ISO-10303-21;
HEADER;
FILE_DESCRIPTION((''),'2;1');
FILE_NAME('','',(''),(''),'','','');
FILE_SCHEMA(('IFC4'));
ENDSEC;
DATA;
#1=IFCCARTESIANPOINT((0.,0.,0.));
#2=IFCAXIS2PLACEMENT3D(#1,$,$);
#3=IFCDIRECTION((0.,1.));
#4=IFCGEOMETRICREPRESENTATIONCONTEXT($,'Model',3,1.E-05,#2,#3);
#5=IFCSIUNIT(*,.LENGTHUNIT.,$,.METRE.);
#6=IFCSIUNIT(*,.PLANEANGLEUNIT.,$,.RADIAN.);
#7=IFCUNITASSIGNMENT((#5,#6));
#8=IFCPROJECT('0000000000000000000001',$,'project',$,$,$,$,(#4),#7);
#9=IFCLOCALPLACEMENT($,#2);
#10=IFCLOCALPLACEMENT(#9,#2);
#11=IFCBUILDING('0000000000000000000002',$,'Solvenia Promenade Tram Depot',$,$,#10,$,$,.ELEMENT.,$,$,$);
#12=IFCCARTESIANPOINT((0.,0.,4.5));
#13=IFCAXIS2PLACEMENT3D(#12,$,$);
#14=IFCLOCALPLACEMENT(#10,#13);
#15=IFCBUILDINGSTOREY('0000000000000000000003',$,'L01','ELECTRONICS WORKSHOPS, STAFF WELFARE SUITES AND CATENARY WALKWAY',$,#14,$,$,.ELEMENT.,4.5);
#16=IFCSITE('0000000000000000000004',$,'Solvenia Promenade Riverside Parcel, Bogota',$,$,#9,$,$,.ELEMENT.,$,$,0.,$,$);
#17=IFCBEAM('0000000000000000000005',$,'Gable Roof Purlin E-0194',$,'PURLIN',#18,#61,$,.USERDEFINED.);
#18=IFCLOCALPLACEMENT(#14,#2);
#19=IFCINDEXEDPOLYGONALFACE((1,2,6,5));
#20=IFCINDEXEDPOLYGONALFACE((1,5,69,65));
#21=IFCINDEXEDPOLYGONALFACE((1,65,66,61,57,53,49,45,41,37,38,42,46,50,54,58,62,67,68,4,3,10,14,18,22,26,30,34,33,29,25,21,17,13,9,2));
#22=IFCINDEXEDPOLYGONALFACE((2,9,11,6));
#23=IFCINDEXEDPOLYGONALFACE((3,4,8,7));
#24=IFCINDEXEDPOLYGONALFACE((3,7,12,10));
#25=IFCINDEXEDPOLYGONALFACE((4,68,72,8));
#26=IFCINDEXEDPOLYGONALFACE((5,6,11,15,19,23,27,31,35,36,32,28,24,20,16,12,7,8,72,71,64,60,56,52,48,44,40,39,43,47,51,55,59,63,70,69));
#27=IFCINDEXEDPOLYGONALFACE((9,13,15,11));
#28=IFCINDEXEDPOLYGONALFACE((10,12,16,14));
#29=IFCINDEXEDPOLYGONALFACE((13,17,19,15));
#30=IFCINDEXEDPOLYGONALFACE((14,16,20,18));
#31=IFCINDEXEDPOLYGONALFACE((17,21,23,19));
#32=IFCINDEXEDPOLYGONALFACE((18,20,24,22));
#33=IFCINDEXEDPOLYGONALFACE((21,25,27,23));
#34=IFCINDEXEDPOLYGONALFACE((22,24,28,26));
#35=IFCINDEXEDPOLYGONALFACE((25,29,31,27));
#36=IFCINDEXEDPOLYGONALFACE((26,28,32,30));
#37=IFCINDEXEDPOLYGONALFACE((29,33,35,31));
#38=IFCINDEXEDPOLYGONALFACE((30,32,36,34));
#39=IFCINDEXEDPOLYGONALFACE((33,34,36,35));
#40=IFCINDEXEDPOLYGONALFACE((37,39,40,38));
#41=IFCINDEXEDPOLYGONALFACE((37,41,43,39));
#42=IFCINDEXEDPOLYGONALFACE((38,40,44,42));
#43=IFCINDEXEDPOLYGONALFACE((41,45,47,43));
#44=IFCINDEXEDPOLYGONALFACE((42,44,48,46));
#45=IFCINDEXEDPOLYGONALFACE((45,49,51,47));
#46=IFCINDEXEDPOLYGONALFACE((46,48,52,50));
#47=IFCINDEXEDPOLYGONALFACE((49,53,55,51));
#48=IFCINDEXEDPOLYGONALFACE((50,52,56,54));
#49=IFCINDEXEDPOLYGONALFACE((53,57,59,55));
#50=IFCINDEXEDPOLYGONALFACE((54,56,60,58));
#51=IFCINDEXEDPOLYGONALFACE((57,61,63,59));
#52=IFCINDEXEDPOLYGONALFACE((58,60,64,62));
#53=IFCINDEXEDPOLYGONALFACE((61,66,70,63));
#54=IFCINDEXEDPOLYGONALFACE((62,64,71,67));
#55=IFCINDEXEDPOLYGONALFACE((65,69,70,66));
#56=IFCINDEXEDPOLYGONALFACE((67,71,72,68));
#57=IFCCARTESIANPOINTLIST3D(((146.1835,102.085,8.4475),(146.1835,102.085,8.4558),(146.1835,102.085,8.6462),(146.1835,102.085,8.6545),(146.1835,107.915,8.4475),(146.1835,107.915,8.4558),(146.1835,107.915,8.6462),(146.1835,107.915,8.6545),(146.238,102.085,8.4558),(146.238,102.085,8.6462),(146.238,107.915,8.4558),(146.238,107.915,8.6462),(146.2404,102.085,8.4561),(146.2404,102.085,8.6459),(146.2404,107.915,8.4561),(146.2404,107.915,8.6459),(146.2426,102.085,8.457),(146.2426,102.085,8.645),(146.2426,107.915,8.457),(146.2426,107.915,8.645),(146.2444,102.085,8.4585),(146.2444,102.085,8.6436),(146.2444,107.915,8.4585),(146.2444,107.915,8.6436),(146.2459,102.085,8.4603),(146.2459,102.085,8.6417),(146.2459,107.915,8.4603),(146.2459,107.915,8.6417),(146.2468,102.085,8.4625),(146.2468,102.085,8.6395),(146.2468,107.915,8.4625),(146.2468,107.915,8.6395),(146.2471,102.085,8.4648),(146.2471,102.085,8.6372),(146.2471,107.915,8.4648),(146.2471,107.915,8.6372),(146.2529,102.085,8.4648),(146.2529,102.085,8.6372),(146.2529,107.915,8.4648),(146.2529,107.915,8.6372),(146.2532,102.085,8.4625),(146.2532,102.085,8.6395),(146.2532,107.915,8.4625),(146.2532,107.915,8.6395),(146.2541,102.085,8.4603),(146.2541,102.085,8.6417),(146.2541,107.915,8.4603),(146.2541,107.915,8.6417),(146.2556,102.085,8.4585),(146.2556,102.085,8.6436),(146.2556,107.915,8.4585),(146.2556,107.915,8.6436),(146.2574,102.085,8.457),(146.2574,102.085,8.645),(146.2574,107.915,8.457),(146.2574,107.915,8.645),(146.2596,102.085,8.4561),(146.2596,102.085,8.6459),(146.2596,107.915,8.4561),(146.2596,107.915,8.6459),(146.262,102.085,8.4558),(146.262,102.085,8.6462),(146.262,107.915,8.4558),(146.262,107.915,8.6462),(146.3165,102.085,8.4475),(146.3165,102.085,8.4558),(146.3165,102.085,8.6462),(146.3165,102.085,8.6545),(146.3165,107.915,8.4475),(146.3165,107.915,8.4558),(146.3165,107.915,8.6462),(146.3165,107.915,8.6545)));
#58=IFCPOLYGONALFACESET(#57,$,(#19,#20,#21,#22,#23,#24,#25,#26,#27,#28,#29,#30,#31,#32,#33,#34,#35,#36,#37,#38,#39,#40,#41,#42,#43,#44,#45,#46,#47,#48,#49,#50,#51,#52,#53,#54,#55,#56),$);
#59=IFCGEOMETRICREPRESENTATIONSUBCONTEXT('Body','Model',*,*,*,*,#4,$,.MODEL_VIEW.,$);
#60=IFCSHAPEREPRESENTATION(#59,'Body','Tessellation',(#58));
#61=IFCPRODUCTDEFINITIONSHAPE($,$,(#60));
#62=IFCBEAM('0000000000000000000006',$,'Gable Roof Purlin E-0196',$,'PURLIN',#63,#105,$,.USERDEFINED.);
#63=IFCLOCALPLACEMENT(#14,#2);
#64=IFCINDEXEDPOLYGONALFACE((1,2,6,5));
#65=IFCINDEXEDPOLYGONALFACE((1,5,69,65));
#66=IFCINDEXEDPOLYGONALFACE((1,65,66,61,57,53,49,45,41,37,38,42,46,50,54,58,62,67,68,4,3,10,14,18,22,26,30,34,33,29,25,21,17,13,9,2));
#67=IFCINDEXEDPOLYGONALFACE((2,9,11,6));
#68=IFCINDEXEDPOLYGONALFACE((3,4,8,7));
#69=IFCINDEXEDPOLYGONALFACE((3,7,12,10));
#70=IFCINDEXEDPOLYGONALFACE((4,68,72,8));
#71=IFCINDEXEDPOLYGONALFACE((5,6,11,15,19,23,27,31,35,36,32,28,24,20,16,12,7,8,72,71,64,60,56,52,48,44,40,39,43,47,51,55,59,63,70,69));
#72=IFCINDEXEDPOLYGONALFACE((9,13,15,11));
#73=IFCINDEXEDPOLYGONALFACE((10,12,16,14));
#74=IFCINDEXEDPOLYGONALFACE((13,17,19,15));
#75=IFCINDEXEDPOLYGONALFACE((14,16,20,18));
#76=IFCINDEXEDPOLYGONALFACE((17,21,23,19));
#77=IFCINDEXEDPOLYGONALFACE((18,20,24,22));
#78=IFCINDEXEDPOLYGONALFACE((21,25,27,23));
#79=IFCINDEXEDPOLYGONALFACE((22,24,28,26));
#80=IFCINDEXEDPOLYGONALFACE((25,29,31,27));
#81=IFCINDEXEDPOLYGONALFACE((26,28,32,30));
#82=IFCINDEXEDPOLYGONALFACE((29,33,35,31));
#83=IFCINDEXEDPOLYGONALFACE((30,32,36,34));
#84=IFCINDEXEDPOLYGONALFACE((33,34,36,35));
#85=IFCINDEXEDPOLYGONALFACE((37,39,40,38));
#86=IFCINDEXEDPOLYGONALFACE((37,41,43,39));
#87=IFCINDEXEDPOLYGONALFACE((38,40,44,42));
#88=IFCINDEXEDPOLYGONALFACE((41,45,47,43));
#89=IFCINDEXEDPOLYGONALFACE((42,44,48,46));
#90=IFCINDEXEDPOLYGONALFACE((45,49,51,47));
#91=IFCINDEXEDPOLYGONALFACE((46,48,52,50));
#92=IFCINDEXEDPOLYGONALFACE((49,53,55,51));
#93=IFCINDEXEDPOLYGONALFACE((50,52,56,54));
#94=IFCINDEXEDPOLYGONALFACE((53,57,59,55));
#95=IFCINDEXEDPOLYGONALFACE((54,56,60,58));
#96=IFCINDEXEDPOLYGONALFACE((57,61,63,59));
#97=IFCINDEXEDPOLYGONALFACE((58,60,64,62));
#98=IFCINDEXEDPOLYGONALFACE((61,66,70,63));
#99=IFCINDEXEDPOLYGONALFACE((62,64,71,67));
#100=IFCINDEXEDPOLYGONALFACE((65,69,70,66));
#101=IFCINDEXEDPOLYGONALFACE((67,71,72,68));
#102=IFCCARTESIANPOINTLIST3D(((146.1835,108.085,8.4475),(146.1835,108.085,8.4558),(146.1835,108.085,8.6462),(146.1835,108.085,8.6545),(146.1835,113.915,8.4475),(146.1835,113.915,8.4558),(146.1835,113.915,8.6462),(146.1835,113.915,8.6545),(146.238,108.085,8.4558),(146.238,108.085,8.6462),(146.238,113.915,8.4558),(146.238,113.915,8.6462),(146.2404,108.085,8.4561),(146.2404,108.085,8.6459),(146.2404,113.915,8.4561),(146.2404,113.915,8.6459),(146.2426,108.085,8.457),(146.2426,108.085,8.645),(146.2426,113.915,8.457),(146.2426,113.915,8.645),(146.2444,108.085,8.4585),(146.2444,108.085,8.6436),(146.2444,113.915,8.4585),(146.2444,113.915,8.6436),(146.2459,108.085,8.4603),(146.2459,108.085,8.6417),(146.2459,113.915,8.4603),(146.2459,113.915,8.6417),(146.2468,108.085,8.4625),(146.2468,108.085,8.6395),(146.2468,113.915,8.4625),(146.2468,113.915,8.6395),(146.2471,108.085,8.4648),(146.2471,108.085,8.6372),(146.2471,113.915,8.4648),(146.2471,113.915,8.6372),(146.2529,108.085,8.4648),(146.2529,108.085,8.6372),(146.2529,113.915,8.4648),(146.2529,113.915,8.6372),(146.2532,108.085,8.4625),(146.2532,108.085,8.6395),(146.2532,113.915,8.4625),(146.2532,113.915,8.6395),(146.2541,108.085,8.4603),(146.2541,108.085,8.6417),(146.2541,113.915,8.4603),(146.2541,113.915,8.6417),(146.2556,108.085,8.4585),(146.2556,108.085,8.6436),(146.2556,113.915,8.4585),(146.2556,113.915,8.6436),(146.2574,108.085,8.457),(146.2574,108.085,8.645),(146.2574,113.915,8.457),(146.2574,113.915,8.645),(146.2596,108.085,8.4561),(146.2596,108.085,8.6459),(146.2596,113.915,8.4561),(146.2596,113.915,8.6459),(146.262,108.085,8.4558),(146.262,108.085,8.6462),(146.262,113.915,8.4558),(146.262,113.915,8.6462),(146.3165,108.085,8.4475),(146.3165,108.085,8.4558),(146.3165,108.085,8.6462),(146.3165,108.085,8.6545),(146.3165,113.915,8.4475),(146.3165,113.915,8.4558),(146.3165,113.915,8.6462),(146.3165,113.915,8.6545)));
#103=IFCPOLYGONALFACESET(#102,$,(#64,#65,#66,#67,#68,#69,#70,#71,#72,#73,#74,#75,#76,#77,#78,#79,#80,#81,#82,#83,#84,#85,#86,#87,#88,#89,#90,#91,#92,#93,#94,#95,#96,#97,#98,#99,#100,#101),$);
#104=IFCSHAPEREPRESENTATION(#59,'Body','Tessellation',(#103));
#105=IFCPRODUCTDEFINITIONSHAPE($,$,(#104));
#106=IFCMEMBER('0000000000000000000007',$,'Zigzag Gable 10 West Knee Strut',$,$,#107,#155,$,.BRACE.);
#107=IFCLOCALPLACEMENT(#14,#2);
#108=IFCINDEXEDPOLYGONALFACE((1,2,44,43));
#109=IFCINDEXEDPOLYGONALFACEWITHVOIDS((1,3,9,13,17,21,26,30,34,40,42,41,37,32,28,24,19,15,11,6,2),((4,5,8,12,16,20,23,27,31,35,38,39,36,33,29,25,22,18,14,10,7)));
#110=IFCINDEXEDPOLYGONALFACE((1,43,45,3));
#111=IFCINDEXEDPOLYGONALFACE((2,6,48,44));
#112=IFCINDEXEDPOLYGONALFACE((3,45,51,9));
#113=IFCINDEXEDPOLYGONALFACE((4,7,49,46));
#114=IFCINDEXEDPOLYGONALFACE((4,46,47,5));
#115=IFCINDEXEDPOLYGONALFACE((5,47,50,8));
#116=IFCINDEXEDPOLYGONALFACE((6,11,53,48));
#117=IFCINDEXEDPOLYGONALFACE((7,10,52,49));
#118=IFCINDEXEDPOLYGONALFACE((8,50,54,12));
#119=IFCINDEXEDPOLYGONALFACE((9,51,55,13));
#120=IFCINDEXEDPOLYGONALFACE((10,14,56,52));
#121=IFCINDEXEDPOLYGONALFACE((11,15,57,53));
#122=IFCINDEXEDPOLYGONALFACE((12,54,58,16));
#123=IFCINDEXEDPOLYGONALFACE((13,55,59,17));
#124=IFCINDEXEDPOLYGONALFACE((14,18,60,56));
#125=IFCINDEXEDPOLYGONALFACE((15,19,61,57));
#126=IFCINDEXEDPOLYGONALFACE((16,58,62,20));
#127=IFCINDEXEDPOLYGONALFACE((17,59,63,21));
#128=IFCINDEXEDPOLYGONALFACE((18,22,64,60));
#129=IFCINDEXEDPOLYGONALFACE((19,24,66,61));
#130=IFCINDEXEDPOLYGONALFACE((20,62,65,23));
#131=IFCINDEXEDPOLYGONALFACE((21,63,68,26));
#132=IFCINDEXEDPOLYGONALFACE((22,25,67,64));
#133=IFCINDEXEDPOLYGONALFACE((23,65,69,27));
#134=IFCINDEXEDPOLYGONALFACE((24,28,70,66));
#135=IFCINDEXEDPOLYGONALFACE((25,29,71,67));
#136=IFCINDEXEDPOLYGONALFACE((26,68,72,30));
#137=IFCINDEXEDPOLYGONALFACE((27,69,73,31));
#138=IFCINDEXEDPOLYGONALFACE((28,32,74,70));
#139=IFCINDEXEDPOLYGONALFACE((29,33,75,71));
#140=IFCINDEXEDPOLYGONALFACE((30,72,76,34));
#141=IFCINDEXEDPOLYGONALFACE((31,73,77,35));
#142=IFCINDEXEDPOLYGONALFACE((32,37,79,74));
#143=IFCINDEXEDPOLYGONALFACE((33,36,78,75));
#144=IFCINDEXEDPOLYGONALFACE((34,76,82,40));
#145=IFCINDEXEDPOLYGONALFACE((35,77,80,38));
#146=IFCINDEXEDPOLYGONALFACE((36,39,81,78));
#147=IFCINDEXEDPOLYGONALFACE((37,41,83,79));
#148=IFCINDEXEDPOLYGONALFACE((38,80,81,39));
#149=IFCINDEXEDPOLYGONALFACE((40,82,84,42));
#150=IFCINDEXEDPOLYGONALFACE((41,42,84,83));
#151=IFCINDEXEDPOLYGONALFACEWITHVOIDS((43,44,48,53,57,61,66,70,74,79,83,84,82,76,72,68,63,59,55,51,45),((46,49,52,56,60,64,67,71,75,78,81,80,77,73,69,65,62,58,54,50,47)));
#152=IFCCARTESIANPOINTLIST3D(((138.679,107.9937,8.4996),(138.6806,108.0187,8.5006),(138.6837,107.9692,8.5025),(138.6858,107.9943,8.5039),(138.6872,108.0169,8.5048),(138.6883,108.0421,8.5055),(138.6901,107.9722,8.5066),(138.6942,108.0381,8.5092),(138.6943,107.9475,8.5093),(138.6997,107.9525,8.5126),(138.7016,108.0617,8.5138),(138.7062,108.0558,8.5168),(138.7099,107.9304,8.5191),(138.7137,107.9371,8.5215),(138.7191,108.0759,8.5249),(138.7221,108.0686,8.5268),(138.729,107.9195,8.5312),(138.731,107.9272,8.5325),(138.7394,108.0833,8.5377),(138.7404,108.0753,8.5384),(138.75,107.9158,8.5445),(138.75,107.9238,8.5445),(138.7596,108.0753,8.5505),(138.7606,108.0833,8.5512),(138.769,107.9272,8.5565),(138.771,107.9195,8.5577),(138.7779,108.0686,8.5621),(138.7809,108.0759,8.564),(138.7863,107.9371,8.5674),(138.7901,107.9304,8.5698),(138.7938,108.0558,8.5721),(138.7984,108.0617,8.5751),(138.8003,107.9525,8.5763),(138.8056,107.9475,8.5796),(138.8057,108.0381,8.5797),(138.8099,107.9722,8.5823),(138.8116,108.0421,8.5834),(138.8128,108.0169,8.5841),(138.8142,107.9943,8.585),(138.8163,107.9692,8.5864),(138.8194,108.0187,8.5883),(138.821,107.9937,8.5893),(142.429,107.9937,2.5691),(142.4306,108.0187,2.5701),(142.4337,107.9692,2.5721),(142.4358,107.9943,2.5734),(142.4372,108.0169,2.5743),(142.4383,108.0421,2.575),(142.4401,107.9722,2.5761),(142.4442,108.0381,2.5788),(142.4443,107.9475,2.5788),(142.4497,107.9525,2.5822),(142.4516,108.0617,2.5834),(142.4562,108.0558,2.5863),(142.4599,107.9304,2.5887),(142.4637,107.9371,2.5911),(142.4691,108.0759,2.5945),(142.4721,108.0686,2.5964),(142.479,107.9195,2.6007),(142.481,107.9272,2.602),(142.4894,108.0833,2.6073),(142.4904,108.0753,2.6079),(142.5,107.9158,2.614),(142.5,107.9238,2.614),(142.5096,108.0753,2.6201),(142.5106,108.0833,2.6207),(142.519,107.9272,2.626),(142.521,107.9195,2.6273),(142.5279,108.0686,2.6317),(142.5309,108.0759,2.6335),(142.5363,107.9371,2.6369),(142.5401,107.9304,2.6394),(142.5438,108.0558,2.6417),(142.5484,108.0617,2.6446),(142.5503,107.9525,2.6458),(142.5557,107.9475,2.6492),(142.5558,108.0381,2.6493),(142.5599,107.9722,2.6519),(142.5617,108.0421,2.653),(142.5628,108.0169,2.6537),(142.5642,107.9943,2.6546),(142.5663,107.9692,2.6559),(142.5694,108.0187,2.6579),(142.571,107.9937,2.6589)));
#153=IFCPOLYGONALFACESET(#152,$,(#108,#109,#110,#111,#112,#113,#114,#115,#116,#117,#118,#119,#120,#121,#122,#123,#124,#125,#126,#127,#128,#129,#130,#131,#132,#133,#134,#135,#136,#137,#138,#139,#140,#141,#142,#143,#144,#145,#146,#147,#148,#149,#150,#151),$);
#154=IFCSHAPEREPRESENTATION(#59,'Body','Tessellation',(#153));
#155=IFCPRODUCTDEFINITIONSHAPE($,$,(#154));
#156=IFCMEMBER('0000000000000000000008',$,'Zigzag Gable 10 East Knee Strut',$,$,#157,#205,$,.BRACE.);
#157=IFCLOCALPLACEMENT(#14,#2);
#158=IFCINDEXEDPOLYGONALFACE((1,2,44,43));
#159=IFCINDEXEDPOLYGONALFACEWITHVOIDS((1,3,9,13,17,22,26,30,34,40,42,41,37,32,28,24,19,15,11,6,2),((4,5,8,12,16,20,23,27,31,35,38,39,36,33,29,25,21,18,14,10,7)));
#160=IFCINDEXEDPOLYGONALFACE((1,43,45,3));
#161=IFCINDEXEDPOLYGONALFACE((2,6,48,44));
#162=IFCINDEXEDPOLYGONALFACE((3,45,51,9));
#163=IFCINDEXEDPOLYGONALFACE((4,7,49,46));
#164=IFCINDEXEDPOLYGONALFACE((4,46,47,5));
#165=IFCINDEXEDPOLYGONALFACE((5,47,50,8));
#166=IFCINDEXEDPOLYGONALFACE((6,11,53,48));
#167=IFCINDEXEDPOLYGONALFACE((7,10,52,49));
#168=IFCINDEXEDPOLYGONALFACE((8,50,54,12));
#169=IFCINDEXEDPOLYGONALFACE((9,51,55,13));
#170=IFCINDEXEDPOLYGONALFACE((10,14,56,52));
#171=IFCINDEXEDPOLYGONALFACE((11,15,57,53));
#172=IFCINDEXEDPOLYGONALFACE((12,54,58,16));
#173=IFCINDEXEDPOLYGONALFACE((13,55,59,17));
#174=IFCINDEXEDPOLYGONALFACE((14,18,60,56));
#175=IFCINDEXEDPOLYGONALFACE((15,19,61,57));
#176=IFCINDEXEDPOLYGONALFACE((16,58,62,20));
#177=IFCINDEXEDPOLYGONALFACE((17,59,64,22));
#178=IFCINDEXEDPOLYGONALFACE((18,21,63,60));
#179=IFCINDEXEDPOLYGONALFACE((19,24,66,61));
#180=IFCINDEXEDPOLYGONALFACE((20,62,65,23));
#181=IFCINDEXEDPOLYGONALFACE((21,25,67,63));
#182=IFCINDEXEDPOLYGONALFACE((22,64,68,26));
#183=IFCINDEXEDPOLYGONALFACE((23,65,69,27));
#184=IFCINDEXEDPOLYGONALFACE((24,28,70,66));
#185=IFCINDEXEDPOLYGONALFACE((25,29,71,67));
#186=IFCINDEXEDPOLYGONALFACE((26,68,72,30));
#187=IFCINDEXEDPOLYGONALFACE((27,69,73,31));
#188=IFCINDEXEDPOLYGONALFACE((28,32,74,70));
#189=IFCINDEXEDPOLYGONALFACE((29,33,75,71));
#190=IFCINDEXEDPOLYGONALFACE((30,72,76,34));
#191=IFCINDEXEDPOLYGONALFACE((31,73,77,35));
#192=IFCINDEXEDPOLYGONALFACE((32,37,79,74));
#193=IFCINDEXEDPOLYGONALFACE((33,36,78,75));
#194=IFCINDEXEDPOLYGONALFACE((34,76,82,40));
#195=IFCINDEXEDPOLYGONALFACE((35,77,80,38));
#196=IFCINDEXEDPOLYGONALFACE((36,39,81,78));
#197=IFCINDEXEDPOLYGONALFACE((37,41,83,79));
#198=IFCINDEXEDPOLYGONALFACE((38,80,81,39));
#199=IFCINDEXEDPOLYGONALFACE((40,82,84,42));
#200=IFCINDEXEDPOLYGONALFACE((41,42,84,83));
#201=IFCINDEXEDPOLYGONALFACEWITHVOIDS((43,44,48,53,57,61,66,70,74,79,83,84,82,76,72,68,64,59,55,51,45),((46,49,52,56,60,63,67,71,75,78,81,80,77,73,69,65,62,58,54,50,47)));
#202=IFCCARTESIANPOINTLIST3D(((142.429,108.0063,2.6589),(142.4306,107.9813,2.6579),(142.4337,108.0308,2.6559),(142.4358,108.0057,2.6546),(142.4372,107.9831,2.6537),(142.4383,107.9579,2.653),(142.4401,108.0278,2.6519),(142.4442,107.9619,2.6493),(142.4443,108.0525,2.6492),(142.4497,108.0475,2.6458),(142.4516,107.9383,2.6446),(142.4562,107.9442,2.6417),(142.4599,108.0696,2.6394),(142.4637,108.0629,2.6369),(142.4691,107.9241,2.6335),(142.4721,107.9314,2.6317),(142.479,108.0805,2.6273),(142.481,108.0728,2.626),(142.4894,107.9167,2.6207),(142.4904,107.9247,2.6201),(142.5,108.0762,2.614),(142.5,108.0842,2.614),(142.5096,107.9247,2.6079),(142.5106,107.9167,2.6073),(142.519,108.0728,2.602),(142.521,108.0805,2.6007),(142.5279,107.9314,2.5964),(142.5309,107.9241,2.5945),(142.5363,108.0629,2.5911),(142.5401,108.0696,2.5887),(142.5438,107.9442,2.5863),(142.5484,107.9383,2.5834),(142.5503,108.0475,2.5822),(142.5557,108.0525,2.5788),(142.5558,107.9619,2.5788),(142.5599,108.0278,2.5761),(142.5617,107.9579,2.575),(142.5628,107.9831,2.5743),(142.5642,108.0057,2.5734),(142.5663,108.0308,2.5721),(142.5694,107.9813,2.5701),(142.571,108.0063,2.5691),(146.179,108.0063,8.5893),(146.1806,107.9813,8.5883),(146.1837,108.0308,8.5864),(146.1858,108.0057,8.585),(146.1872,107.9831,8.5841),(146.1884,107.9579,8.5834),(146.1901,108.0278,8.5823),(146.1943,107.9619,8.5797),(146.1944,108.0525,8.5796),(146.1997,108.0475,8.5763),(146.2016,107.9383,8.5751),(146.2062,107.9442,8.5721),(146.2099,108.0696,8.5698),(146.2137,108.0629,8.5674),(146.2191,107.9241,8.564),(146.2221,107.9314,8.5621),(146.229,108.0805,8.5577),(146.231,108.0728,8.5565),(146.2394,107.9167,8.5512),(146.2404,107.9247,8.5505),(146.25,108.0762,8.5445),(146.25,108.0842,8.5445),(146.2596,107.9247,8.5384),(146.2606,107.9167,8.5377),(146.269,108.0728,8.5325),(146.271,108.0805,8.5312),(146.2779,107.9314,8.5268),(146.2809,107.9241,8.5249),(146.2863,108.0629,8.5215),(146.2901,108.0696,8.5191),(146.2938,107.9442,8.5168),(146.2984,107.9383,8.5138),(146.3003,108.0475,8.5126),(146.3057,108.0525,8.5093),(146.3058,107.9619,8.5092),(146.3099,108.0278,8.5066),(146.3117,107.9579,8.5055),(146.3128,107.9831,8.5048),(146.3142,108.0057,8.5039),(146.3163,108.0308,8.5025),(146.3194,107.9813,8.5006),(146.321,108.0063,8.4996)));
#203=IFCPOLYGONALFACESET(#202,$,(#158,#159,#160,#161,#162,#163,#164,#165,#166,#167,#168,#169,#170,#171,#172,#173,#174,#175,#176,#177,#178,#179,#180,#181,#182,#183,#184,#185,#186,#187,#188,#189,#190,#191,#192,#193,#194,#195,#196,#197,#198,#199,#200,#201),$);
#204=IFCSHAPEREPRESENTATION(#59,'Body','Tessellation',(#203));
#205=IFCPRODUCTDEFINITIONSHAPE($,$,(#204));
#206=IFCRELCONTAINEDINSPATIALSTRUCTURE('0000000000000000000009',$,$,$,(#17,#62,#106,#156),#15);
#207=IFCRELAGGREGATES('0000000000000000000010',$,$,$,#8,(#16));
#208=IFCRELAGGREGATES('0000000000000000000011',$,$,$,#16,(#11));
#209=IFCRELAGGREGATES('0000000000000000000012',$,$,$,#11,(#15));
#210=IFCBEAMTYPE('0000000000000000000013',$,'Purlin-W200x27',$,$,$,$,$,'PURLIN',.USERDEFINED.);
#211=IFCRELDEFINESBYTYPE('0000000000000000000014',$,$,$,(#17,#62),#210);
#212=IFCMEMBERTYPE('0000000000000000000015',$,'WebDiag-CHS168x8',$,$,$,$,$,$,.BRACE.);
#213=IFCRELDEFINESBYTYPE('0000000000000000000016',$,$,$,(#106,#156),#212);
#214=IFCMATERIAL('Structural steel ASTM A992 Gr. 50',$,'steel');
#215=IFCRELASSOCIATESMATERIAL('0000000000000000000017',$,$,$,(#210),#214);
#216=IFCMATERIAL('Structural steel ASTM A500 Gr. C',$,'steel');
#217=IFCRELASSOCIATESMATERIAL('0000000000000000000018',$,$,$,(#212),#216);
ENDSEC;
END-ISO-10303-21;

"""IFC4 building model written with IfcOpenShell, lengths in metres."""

from ifc_helpers import new_model, si_unit, direction, frame, origin, origin_2d, place, context, subcontext, project, spatial, hollow_circle, i_section, extrude, material, material_profile, profile_set, type_object, element, save


model = new_model("IFC4")

# Units and contexts
model_context = context("Model", 3, precision=1e-05, world=origin(), true_north=direction((0.0, 1.0)))
body_context = subcontext(model_context, "Body", "Model", "MODEL_VIEW")
ifc_project = project(units=[si_unit("LENGTHUNIT", "METRE"), si_unit("PLANEANGLEUNIT", "RADIAN")], contexts=[model_context])

# Site, building, storey
site_placement = place(None, origin())
site = spatial("IfcSite", under=ifc_project, at=site_placement, Name="Solvenia Promenade Riverside Parcel, Bogota", CompositionType="ELEMENT", RefElevation=0.0)
building_placement = place(site_placement, origin())
building = spatial("IfcBuilding", under=site, at=building_placement, Name="Solvenia Promenade Tram Depot", CompositionType="ELEMENT")
storey_placement = place(building_placement, frame((0.0, 0.0, 4.5)))
storey = spatial("IfcBuildingStorey", under=building, at=storey_placement, Name="L01", Description="ELECTRONICS WORKSHOPS, STAFF WELFARE SUITES AND CATENARY WALKWAY", CompositionType="ELEMENT", Elevation=4.5)

# Shared definitions
ifc_material_1 = material(Name="Structural steel ASTM A500 Gr. C", Category="steel")

# Beams
ifc_material_2 = material(Name="Structural steel ASTM A992 Gr. 50", Category="steel")
ifc_material_profile_1 = material_profile(ifc_material_2, i_section(OverallWidth=0.1331, OverallDepth=0.207, WebThickness=0.0059, FlangeThickness=0.0083, FilletRadius=0.009, at=origin_2d()), Name="W200x27", Category="steel")
ifc_profile_set_1 = profile_set([ifc_material_profile_1], Name="Structural steel ASTM A992 Gr. 50")
beam_type = type_object("IfcBeamType", Name="Purlin-W200x27", ElementType="PURLIN", PredefinedType="USERDEFINED", material=ifc_profile_set_1)
for number, where, z_axis, x_axis, name in (
    (1, (146.25, 102.085, 8.551), (0.0, 1.0, 0.0), (-1.0, 0.0, 0.0), "Gable Roof Purlin E-0194"),
    (2, (146.25, 108.085, 8.551), (0.0, 1.0, 0.0), (-1.0, 0.0, 0.0), "Gable Roof Purlin E-0196"),
):
    element("IfcBeam", number, at=place(storey_placement, frame(where, z_axis=z_axis, x_axis=x_axis)), inside=storey, type_object=beam_type, Name=name, ObjectType="PURLIN", PredefinedType="USERDEFINED", context=body_context, shape_type="SweptSolid", body=[
        extrude(i_section(OverallWidth=0.1331, OverallDepth=0.207, WebThickness=0.0059, FlangeThickness=0.0083, FilletRadius=0.009, at=origin_2d()), origin(), (0.0, 0.0, 1.0), 5.8301),
    ])

# Members
ifc_material_profile_2 = material_profile(ifc_material_1, hollow_circle(Radius=0.0842, WallThickness=0.0081, at=origin_2d()), Name="CHS168.3x8", Category="steel")
ifc_profile_set_2 = profile_set([ifc_material_profile_2], Name="Structural steel ASTM A500 Gr. C")
member_type_1 = type_object("IfcMemberType", Name="WebDiag-CHS168x8", PredefinedType="BRACE", material=ifc_profile_set_2)
for number, where, z_axis, x_axis, name in (
    (3, (142.5, 108.0, 2.614), (-0.534448, 0.0, 0.845201), (0.0, -1.0, 0.0), "Zigzag Gable 10 West Knee Strut"),
    (4, (142.5, 108.0, 2.614), (0.534448, 0.0, 0.845201), (0.0, 1.0, 0.0), "Zigzag Gable 10 East Knee Strut"),
):
    element("IfcMember", number, at=place(storey_placement, frame(where, z_axis=z_axis, x_axis=x_axis)), inside=storey, type_object=member_type_1, Name=name, PredefinedType="BRACE", context=body_context, shape_type="SweptSolid", body=[
        extrude(hollow_circle(Radius=0.0842, WallThickness=0.0081, at=origin_2d()), origin(), (0.0, 0.0, 1.0), 7.0166),
    ])

save(model, "model.ifc")
